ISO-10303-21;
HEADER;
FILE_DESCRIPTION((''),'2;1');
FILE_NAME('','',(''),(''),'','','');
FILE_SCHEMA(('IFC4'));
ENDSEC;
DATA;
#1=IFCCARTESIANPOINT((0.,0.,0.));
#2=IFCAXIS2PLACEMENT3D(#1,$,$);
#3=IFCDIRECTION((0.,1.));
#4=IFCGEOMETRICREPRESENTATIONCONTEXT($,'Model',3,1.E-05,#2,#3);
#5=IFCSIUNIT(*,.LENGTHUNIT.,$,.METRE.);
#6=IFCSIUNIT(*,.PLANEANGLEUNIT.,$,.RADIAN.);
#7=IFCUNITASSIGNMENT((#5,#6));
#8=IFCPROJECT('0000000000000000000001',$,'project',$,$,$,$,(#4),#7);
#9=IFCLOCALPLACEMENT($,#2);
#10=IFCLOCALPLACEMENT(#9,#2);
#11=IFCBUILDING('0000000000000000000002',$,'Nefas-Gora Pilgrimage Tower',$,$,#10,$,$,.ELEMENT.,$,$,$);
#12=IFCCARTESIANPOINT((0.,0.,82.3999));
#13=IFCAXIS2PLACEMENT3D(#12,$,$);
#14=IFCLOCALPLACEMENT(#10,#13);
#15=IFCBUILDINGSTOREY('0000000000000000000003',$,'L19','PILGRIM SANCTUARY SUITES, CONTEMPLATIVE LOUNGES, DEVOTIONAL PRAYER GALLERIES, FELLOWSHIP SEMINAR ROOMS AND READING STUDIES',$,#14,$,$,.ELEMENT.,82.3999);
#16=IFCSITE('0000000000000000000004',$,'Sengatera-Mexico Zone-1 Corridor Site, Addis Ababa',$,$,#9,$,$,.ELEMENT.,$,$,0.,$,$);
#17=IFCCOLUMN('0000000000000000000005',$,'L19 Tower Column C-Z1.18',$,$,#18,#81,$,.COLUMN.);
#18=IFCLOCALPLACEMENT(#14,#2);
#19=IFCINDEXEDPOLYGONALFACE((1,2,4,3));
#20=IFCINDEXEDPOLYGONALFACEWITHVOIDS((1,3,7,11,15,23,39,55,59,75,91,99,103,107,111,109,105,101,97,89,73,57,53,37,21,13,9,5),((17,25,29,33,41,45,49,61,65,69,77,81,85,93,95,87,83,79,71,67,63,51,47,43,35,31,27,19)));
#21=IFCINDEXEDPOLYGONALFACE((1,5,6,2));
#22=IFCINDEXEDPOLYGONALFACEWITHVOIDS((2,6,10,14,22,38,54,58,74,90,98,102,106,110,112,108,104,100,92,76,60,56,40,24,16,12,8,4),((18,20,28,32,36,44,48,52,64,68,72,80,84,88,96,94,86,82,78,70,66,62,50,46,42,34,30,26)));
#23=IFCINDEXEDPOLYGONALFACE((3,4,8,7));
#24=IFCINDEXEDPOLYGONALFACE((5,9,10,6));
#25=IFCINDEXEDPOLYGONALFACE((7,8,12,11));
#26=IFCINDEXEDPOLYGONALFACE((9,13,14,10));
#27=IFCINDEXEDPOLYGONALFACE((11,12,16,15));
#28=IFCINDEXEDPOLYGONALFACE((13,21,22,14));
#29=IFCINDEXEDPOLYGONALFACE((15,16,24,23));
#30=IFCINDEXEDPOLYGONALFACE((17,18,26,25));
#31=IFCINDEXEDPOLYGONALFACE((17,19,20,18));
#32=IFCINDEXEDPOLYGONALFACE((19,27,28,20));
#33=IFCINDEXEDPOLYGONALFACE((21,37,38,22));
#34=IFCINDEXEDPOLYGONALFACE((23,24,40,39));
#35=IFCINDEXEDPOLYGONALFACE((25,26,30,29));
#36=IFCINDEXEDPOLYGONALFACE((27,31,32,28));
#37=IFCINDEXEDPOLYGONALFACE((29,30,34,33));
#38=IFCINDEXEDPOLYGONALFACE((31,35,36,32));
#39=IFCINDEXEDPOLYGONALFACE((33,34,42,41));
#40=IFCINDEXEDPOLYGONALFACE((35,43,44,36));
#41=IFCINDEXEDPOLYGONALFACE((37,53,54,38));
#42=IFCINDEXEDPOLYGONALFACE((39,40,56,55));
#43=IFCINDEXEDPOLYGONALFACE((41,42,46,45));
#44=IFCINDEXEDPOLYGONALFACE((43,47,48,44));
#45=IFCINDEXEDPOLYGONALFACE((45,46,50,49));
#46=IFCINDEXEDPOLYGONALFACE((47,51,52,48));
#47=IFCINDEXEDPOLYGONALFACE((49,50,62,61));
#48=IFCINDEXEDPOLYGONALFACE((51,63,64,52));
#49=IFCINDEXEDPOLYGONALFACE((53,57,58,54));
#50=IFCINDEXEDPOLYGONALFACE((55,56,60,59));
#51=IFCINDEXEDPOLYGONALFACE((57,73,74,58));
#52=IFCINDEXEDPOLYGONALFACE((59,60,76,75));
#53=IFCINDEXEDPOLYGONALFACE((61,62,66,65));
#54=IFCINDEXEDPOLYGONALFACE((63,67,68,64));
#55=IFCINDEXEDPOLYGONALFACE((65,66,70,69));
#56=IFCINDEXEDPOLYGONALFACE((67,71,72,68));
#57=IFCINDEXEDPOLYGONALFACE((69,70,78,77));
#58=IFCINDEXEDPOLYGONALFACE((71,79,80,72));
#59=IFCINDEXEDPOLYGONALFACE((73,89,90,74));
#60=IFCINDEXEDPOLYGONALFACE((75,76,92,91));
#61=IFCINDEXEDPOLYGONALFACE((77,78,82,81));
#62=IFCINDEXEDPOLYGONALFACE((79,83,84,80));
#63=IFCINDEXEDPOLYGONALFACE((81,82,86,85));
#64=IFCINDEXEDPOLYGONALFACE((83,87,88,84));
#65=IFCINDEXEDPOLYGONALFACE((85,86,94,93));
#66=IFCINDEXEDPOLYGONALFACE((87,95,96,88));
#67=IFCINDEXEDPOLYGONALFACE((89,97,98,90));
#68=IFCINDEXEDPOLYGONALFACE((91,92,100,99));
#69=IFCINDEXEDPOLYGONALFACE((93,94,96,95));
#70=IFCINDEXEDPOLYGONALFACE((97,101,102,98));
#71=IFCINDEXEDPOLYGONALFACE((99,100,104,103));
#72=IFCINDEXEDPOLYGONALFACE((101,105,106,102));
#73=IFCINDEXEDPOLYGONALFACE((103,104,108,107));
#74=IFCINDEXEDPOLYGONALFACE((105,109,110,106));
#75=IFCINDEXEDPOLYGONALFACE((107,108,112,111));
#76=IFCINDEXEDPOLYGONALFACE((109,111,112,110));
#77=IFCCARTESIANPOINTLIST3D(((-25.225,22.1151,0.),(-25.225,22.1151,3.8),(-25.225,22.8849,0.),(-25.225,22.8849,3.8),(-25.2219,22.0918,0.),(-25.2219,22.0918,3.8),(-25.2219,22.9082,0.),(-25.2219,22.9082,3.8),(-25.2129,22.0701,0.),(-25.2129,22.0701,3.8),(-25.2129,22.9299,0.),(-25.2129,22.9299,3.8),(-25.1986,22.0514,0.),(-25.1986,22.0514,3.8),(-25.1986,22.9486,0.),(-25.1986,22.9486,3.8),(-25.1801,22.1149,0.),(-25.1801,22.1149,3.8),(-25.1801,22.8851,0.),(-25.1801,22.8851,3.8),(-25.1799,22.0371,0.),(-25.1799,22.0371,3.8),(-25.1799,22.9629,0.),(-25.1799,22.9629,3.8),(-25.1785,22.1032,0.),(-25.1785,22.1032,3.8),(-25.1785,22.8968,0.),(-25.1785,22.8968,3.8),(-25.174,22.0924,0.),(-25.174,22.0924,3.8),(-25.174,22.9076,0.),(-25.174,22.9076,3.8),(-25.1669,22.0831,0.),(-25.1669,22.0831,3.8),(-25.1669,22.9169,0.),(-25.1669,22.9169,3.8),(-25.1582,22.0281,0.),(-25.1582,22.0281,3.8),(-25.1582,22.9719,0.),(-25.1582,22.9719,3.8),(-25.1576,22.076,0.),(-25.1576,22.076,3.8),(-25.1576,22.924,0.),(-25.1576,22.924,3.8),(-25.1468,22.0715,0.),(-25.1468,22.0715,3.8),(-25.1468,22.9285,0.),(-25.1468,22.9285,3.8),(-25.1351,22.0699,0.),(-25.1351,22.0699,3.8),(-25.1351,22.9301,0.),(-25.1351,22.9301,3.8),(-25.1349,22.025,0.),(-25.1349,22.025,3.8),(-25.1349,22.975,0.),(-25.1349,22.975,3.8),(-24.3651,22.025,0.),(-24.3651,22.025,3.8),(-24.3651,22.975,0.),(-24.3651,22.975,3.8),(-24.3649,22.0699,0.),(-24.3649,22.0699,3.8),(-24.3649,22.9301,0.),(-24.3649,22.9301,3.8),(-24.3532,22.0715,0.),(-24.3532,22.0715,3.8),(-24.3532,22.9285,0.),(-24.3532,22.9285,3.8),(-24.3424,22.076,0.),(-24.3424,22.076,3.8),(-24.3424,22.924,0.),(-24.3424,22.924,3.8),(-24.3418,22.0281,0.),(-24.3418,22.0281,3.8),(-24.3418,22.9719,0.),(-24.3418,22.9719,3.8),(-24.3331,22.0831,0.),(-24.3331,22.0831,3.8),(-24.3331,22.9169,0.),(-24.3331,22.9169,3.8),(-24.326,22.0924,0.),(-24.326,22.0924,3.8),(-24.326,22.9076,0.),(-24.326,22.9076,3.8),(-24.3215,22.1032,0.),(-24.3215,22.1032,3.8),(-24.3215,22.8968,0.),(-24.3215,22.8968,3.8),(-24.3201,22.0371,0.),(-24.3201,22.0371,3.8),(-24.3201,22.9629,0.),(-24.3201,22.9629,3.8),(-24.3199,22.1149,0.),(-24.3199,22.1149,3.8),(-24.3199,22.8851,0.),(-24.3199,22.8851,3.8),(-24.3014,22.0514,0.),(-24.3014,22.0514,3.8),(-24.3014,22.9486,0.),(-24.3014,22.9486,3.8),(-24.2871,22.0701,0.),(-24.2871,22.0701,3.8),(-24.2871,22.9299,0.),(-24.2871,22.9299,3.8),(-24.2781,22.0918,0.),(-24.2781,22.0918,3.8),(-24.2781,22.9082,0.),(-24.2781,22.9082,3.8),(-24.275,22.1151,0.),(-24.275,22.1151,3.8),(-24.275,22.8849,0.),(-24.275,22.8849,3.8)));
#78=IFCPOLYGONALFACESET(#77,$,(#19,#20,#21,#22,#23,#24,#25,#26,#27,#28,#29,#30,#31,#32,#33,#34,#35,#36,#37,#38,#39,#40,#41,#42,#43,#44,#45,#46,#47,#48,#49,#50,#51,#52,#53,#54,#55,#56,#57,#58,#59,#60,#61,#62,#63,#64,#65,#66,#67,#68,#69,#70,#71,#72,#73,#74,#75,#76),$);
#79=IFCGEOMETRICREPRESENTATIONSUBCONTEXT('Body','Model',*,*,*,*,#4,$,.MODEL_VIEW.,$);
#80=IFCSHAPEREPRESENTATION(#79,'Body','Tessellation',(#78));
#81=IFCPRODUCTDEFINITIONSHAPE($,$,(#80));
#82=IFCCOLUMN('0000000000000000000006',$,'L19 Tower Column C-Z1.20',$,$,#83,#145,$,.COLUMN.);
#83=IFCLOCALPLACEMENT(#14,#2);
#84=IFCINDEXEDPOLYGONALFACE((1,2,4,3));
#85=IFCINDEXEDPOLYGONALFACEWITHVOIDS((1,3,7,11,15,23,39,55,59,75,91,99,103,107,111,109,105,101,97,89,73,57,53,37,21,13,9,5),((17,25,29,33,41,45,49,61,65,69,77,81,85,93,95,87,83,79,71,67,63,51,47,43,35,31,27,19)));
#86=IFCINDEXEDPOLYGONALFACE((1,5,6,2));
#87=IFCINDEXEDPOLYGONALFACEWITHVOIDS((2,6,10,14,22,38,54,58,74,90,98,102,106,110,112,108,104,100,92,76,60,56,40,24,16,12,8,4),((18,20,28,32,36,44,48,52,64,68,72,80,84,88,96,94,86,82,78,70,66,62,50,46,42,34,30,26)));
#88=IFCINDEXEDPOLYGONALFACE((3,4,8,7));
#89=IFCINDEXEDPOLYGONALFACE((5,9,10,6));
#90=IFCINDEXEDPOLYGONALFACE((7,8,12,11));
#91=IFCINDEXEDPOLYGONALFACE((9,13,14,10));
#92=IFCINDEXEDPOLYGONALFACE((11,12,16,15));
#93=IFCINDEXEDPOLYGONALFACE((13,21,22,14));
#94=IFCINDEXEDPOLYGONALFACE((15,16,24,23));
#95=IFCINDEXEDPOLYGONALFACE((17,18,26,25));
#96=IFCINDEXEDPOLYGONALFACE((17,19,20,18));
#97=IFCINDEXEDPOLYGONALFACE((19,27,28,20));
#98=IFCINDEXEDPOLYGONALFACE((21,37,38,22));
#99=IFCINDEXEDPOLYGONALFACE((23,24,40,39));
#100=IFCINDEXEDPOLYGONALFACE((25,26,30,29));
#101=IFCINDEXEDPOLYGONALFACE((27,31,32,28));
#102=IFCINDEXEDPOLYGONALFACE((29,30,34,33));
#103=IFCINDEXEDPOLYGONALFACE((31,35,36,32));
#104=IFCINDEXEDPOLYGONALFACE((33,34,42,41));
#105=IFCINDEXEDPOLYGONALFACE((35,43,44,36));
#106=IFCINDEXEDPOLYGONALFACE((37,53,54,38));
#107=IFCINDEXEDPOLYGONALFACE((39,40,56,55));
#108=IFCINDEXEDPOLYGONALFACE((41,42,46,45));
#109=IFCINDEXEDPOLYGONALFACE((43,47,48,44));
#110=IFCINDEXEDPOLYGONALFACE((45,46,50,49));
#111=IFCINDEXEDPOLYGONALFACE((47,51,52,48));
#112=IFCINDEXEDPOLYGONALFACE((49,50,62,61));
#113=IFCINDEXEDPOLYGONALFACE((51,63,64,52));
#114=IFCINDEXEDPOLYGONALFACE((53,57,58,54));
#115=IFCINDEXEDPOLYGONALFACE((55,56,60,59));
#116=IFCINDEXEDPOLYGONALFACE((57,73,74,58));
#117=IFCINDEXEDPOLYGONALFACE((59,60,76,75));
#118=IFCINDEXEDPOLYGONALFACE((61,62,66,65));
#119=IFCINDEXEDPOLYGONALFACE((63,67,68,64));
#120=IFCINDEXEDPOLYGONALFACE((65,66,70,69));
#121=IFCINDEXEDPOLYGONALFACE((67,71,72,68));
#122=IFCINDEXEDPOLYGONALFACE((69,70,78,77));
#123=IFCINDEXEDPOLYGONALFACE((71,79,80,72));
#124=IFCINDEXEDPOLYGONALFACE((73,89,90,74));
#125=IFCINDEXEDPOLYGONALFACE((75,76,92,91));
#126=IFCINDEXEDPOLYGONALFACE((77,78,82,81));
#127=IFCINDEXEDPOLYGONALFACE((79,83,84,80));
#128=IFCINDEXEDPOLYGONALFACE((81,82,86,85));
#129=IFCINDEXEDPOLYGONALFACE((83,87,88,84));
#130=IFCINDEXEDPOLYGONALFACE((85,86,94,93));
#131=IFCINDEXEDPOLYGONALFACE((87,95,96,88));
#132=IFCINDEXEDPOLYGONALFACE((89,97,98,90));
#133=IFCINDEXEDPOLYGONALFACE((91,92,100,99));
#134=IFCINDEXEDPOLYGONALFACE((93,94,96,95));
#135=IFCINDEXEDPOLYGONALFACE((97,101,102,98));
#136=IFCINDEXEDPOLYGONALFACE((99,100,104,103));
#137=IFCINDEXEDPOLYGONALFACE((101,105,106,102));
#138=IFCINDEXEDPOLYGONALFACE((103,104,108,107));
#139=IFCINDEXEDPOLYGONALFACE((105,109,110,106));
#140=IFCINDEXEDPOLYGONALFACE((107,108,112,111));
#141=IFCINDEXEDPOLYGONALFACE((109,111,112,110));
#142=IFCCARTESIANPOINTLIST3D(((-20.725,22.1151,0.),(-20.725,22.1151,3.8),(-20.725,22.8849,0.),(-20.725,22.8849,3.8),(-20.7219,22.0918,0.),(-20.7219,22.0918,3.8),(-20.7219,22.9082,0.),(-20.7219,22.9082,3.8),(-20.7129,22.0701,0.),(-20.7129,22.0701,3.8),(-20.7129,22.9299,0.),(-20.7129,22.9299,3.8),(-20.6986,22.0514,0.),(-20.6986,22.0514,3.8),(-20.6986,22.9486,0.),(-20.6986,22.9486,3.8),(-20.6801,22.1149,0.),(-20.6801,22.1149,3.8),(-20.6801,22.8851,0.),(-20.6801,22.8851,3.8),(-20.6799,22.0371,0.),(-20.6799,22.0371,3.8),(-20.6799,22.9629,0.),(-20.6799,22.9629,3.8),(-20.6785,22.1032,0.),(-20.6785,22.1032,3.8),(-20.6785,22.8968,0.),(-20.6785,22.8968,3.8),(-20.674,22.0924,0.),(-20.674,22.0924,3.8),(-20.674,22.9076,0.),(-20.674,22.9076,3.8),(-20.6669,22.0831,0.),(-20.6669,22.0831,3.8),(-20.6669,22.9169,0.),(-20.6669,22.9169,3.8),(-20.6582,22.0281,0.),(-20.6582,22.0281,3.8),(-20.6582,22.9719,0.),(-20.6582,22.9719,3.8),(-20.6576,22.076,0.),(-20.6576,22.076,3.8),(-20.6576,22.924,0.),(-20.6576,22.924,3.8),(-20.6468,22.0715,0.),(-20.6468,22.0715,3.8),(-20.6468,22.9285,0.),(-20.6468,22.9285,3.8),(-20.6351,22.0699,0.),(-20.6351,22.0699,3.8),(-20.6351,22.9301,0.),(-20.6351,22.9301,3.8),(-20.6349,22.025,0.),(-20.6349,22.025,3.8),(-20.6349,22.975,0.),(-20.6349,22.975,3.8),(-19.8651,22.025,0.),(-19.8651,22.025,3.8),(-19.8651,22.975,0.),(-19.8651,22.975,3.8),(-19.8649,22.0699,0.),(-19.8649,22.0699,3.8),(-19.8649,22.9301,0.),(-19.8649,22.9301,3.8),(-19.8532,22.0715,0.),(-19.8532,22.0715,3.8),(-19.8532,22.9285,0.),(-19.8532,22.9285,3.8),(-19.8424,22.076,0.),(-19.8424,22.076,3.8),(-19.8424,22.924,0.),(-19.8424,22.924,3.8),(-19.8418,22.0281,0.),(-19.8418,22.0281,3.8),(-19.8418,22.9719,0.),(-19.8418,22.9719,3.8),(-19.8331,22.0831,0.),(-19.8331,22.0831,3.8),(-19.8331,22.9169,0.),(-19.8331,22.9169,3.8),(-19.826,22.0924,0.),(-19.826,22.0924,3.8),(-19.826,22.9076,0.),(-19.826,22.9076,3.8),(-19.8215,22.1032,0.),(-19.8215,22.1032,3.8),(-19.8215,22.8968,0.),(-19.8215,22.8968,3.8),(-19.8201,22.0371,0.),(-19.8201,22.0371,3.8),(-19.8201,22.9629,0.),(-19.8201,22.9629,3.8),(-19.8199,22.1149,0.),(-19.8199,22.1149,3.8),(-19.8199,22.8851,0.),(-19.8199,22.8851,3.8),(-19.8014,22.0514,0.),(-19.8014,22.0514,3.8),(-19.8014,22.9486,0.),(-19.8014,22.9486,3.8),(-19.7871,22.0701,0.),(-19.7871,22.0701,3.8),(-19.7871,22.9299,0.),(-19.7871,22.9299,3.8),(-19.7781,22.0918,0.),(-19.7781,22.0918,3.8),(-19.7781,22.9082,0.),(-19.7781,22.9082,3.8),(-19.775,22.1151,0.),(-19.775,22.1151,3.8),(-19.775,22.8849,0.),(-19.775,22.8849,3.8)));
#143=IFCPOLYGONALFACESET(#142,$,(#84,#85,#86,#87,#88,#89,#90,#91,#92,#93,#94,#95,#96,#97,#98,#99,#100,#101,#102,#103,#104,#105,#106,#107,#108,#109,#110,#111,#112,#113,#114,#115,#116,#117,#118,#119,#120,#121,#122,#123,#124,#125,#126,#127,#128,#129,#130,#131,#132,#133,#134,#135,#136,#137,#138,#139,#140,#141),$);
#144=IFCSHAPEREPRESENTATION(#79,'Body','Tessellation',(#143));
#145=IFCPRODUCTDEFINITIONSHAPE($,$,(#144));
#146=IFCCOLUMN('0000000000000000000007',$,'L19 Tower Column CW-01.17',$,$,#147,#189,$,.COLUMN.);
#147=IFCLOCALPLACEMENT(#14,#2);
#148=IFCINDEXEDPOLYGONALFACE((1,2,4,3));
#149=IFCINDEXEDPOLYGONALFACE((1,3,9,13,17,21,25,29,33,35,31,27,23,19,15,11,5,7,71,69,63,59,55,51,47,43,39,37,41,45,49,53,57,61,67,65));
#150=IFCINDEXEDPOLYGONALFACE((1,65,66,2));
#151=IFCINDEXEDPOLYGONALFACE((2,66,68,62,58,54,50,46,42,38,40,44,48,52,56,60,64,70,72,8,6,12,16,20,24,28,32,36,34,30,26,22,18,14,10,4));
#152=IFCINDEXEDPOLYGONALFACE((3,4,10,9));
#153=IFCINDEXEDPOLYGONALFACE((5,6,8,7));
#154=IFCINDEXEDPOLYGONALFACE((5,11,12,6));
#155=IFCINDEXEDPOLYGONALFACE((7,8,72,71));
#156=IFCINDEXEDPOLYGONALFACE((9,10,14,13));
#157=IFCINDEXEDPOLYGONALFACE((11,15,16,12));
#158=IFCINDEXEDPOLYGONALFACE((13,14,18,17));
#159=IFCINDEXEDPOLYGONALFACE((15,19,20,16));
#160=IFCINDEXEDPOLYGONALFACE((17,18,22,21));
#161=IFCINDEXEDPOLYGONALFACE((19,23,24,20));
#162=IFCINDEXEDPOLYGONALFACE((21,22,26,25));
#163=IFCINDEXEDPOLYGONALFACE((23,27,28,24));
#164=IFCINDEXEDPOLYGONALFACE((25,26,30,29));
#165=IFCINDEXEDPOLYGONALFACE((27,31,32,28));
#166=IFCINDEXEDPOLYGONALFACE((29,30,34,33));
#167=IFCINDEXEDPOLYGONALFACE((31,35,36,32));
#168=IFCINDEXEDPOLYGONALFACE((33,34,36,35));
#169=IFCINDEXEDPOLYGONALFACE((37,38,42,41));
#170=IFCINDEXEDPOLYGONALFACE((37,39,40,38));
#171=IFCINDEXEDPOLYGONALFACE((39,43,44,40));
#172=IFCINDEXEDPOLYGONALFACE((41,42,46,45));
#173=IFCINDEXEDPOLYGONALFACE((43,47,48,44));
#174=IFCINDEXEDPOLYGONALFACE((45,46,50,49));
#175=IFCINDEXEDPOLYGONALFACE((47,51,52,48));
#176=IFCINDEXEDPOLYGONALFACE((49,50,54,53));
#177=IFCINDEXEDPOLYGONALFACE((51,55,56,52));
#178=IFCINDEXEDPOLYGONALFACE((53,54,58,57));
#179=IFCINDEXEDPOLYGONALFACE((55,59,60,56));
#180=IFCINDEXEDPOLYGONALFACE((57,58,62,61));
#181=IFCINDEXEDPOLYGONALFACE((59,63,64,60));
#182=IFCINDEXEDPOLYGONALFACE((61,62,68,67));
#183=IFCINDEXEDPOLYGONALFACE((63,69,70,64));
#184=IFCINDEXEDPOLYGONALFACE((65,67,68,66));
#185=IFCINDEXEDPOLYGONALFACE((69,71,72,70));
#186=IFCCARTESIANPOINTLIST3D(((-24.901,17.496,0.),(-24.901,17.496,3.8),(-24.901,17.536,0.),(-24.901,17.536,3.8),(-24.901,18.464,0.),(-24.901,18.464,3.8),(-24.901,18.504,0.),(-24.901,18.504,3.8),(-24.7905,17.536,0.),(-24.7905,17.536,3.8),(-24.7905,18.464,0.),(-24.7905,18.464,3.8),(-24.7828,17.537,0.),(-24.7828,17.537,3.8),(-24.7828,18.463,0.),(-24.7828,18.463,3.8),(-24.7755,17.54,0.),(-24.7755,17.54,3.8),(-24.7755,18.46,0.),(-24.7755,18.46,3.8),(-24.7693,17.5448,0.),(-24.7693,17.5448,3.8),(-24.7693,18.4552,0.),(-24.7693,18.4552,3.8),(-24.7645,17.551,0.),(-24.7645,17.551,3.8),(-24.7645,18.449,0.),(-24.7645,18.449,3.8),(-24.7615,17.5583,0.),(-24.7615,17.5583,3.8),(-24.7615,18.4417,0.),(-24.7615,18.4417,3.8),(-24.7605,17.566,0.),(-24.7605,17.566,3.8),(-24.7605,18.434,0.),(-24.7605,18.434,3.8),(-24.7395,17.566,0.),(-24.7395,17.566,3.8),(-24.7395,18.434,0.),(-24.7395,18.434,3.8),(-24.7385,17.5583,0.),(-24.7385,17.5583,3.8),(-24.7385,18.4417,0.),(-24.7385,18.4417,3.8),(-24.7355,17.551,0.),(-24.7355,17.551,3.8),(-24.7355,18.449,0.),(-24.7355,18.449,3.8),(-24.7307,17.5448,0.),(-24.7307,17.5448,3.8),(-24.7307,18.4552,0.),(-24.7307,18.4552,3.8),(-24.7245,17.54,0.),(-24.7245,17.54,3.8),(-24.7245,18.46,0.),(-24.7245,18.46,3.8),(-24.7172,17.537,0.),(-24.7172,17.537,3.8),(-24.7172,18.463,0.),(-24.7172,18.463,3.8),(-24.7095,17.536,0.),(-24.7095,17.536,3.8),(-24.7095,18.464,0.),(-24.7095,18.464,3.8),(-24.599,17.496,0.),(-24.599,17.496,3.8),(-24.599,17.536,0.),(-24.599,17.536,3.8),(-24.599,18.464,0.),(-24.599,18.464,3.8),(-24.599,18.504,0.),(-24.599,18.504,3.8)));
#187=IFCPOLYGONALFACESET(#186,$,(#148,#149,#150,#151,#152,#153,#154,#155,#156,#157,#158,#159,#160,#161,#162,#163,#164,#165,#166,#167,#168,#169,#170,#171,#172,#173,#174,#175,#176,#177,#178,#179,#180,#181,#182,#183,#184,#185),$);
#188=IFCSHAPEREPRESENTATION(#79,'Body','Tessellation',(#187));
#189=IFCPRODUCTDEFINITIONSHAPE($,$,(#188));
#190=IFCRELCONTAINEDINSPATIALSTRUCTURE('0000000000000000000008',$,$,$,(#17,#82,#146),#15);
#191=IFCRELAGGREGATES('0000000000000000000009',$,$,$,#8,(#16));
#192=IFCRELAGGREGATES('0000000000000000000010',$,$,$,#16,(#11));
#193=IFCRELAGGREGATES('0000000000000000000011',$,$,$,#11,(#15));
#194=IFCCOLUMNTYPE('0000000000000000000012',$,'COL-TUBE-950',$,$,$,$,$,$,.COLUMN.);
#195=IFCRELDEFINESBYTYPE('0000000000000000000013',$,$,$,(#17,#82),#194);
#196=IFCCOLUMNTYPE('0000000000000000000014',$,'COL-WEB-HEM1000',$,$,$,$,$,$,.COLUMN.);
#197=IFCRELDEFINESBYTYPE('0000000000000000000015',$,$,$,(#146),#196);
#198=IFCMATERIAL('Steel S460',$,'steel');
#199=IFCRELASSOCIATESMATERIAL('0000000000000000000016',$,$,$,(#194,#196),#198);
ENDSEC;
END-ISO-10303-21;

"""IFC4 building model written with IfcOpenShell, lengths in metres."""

from ifc_helpers import new_model, si_unit, direction, frame, origin, origin_2d, place, context, subcontext, project, spatial, hollow_rectangle, i_section, extrude, source, transform, mapped, material, material_profile, profile_set, type_object, element, save


model = new_model("IFC4")

# Units and contexts
model_context = context("Model", 3, precision=1e-05, world=origin(), true_north=direction((0.0, 1.0)))
body_context = subcontext(model_context, "Body", "Model", "MODEL_VIEW")
ifc_project = project(units=[si_unit("LENGTHUNIT", "METRE"), si_unit("PLANEANGLEUNIT", "RADIAN")], contexts=[model_context])

# Site, building, storey
site_placement = place(None, origin())
site = spatial("IfcSite", under=ifc_project, at=site_placement, Name="Sengatera-Mexico Zone-1 Corridor Site, Addis Ababa", CompositionType="ELEMENT", RefElevation=0.0)
building_placement = place(site_placement, origin())
building = spatial("IfcBuilding", under=site, at=building_placement, Name="Nefas-Gora Pilgrimage Tower", CompositionType="ELEMENT")
storey_placement = place(building_placement, frame((0.0, 0.0, 82.3999)))
storey = spatial("IfcBuildingStorey", under=building, at=storey_placement, Name="L19", Description="PILGRIM SANCTUARY SUITES, CONTEMPLATIVE LOUNGES, DEVOTIONAL PRAYER GALLERIES, FELLOWSHIP SEMINAR ROOMS AND READING STUDIES", CompositionType="ELEMENT", Elevation=82.3999)

# Columns
ifc_material_1 = material(Name="Steel S460", Category="steel")
ifc_material_profile_1 = material_profile(ifc_material_1, hollow_rectangle(XDim=0.95, YDim=0.95, WallThickness=0.0449, InnerFilletRadius=0.0449, OuterFilletRadius=0.0901, at=origin_2d()), Name="BOX 950x950x45")
ifc_profile_set_1 = profile_set([ifc_material_profile_1], Name="Steel S460")
column_type_1 = type_object("IfcColumnType", Name="COL-TUBE-950", PredefinedType="COLUMN", material=ifc_profile_set_1)
shared_shape_1 = source(origin(), body_context, "Body", "SweptSolid", [
    extrude(hollow_rectangle(XDim=0.95, YDim=0.95, WallThickness=0.0449, InnerFilletRadius=0.0449, OuterFilletRadius=0.0901, at=origin_2d()), origin(), (0.0, 0.0, 1.0), 3.8),
])
for number, where, z_axis, x_axis, name in (
    (1, (-24.75, 22.5, 0.0), (0.0, 0.0, 1.0), (1.0, 0.0, 0.0), "L19 Tower Column C-Z1.18"),
    (2, (-20.25, 22.5, 0.0), (0.0, 0.0, 1.0), (1.0, 0.0, 0.0), "L19 Tower Column C-Z1.20"),
):
    element("IfcColumn", number, at=place(storey_placement, frame(where, z_axis=z_axis, x_axis=x_axis)), inside=storey, type_object=column_type_1, Name=name, PredefinedType="COLUMN", context=body_context, shape_type="MappedRepresentation", body=[
        mapped(shared_shape_1, transform((0.0, 0.0, 0.0), x_axis=(1.0, 0.0, 0.0), y_axis=(0.0, 1.0, 0.0), z_axis=(0.0, 0.0, 1.0), scale=1.0)),
    ])
ifc_material_profile_2 = material_profile(ifc_material_1, i_section(OverallWidth=0.302, OverallDepth=1.0081, WebThickness=0.021, FlangeThickness=0.04, FilletRadius=0.03, at=origin_2d()), Name="HEM 1000")
ifc_profile_set_2 = profile_set([ifc_material_profile_2], Name="Steel S460")
column_type_2 = type_object("IfcColumnType", Name="COL-WEB-HEM1000", PredefinedType="COLUMN", material=ifc_profile_set_2)
shared_shape_2 = source(origin(), body_context, "Body", "SweptSolid", [
    extrude(i_section(OverallWidth=0.302, OverallDepth=1.0081, WebThickness=0.021, FlangeThickness=0.04, FilletRadius=0.03, at=origin_2d()), origin(), (0.0, 0.0, 1.0), 3.8),
])
for number, where, z_axis, x_axis, name in (
    (3, (-24.75, 18.0, 0.0), (0.0, 0.0, 1.0), (1.0, 0.0, 0.0), "L19 Tower Column CW-01.17"),
):
    element("IfcColumn", number, at=place(storey_placement, frame(where, z_axis=z_axis, x_axis=x_axis)), inside=storey, type_object=column_type_2, Name=name, PredefinedType="COLUMN", context=body_context, shape_type="MappedRepresentation", body=[
        mapped(shared_shape_2, transform((0.0, 0.0, 0.0), x_axis=(1.0, 0.0, 0.0), y_axis=(0.0, 1.0, 0.0), z_axis=(0.0, 0.0, 1.0), scale=1.0)),
    ])

save(model, "model.ifc")
